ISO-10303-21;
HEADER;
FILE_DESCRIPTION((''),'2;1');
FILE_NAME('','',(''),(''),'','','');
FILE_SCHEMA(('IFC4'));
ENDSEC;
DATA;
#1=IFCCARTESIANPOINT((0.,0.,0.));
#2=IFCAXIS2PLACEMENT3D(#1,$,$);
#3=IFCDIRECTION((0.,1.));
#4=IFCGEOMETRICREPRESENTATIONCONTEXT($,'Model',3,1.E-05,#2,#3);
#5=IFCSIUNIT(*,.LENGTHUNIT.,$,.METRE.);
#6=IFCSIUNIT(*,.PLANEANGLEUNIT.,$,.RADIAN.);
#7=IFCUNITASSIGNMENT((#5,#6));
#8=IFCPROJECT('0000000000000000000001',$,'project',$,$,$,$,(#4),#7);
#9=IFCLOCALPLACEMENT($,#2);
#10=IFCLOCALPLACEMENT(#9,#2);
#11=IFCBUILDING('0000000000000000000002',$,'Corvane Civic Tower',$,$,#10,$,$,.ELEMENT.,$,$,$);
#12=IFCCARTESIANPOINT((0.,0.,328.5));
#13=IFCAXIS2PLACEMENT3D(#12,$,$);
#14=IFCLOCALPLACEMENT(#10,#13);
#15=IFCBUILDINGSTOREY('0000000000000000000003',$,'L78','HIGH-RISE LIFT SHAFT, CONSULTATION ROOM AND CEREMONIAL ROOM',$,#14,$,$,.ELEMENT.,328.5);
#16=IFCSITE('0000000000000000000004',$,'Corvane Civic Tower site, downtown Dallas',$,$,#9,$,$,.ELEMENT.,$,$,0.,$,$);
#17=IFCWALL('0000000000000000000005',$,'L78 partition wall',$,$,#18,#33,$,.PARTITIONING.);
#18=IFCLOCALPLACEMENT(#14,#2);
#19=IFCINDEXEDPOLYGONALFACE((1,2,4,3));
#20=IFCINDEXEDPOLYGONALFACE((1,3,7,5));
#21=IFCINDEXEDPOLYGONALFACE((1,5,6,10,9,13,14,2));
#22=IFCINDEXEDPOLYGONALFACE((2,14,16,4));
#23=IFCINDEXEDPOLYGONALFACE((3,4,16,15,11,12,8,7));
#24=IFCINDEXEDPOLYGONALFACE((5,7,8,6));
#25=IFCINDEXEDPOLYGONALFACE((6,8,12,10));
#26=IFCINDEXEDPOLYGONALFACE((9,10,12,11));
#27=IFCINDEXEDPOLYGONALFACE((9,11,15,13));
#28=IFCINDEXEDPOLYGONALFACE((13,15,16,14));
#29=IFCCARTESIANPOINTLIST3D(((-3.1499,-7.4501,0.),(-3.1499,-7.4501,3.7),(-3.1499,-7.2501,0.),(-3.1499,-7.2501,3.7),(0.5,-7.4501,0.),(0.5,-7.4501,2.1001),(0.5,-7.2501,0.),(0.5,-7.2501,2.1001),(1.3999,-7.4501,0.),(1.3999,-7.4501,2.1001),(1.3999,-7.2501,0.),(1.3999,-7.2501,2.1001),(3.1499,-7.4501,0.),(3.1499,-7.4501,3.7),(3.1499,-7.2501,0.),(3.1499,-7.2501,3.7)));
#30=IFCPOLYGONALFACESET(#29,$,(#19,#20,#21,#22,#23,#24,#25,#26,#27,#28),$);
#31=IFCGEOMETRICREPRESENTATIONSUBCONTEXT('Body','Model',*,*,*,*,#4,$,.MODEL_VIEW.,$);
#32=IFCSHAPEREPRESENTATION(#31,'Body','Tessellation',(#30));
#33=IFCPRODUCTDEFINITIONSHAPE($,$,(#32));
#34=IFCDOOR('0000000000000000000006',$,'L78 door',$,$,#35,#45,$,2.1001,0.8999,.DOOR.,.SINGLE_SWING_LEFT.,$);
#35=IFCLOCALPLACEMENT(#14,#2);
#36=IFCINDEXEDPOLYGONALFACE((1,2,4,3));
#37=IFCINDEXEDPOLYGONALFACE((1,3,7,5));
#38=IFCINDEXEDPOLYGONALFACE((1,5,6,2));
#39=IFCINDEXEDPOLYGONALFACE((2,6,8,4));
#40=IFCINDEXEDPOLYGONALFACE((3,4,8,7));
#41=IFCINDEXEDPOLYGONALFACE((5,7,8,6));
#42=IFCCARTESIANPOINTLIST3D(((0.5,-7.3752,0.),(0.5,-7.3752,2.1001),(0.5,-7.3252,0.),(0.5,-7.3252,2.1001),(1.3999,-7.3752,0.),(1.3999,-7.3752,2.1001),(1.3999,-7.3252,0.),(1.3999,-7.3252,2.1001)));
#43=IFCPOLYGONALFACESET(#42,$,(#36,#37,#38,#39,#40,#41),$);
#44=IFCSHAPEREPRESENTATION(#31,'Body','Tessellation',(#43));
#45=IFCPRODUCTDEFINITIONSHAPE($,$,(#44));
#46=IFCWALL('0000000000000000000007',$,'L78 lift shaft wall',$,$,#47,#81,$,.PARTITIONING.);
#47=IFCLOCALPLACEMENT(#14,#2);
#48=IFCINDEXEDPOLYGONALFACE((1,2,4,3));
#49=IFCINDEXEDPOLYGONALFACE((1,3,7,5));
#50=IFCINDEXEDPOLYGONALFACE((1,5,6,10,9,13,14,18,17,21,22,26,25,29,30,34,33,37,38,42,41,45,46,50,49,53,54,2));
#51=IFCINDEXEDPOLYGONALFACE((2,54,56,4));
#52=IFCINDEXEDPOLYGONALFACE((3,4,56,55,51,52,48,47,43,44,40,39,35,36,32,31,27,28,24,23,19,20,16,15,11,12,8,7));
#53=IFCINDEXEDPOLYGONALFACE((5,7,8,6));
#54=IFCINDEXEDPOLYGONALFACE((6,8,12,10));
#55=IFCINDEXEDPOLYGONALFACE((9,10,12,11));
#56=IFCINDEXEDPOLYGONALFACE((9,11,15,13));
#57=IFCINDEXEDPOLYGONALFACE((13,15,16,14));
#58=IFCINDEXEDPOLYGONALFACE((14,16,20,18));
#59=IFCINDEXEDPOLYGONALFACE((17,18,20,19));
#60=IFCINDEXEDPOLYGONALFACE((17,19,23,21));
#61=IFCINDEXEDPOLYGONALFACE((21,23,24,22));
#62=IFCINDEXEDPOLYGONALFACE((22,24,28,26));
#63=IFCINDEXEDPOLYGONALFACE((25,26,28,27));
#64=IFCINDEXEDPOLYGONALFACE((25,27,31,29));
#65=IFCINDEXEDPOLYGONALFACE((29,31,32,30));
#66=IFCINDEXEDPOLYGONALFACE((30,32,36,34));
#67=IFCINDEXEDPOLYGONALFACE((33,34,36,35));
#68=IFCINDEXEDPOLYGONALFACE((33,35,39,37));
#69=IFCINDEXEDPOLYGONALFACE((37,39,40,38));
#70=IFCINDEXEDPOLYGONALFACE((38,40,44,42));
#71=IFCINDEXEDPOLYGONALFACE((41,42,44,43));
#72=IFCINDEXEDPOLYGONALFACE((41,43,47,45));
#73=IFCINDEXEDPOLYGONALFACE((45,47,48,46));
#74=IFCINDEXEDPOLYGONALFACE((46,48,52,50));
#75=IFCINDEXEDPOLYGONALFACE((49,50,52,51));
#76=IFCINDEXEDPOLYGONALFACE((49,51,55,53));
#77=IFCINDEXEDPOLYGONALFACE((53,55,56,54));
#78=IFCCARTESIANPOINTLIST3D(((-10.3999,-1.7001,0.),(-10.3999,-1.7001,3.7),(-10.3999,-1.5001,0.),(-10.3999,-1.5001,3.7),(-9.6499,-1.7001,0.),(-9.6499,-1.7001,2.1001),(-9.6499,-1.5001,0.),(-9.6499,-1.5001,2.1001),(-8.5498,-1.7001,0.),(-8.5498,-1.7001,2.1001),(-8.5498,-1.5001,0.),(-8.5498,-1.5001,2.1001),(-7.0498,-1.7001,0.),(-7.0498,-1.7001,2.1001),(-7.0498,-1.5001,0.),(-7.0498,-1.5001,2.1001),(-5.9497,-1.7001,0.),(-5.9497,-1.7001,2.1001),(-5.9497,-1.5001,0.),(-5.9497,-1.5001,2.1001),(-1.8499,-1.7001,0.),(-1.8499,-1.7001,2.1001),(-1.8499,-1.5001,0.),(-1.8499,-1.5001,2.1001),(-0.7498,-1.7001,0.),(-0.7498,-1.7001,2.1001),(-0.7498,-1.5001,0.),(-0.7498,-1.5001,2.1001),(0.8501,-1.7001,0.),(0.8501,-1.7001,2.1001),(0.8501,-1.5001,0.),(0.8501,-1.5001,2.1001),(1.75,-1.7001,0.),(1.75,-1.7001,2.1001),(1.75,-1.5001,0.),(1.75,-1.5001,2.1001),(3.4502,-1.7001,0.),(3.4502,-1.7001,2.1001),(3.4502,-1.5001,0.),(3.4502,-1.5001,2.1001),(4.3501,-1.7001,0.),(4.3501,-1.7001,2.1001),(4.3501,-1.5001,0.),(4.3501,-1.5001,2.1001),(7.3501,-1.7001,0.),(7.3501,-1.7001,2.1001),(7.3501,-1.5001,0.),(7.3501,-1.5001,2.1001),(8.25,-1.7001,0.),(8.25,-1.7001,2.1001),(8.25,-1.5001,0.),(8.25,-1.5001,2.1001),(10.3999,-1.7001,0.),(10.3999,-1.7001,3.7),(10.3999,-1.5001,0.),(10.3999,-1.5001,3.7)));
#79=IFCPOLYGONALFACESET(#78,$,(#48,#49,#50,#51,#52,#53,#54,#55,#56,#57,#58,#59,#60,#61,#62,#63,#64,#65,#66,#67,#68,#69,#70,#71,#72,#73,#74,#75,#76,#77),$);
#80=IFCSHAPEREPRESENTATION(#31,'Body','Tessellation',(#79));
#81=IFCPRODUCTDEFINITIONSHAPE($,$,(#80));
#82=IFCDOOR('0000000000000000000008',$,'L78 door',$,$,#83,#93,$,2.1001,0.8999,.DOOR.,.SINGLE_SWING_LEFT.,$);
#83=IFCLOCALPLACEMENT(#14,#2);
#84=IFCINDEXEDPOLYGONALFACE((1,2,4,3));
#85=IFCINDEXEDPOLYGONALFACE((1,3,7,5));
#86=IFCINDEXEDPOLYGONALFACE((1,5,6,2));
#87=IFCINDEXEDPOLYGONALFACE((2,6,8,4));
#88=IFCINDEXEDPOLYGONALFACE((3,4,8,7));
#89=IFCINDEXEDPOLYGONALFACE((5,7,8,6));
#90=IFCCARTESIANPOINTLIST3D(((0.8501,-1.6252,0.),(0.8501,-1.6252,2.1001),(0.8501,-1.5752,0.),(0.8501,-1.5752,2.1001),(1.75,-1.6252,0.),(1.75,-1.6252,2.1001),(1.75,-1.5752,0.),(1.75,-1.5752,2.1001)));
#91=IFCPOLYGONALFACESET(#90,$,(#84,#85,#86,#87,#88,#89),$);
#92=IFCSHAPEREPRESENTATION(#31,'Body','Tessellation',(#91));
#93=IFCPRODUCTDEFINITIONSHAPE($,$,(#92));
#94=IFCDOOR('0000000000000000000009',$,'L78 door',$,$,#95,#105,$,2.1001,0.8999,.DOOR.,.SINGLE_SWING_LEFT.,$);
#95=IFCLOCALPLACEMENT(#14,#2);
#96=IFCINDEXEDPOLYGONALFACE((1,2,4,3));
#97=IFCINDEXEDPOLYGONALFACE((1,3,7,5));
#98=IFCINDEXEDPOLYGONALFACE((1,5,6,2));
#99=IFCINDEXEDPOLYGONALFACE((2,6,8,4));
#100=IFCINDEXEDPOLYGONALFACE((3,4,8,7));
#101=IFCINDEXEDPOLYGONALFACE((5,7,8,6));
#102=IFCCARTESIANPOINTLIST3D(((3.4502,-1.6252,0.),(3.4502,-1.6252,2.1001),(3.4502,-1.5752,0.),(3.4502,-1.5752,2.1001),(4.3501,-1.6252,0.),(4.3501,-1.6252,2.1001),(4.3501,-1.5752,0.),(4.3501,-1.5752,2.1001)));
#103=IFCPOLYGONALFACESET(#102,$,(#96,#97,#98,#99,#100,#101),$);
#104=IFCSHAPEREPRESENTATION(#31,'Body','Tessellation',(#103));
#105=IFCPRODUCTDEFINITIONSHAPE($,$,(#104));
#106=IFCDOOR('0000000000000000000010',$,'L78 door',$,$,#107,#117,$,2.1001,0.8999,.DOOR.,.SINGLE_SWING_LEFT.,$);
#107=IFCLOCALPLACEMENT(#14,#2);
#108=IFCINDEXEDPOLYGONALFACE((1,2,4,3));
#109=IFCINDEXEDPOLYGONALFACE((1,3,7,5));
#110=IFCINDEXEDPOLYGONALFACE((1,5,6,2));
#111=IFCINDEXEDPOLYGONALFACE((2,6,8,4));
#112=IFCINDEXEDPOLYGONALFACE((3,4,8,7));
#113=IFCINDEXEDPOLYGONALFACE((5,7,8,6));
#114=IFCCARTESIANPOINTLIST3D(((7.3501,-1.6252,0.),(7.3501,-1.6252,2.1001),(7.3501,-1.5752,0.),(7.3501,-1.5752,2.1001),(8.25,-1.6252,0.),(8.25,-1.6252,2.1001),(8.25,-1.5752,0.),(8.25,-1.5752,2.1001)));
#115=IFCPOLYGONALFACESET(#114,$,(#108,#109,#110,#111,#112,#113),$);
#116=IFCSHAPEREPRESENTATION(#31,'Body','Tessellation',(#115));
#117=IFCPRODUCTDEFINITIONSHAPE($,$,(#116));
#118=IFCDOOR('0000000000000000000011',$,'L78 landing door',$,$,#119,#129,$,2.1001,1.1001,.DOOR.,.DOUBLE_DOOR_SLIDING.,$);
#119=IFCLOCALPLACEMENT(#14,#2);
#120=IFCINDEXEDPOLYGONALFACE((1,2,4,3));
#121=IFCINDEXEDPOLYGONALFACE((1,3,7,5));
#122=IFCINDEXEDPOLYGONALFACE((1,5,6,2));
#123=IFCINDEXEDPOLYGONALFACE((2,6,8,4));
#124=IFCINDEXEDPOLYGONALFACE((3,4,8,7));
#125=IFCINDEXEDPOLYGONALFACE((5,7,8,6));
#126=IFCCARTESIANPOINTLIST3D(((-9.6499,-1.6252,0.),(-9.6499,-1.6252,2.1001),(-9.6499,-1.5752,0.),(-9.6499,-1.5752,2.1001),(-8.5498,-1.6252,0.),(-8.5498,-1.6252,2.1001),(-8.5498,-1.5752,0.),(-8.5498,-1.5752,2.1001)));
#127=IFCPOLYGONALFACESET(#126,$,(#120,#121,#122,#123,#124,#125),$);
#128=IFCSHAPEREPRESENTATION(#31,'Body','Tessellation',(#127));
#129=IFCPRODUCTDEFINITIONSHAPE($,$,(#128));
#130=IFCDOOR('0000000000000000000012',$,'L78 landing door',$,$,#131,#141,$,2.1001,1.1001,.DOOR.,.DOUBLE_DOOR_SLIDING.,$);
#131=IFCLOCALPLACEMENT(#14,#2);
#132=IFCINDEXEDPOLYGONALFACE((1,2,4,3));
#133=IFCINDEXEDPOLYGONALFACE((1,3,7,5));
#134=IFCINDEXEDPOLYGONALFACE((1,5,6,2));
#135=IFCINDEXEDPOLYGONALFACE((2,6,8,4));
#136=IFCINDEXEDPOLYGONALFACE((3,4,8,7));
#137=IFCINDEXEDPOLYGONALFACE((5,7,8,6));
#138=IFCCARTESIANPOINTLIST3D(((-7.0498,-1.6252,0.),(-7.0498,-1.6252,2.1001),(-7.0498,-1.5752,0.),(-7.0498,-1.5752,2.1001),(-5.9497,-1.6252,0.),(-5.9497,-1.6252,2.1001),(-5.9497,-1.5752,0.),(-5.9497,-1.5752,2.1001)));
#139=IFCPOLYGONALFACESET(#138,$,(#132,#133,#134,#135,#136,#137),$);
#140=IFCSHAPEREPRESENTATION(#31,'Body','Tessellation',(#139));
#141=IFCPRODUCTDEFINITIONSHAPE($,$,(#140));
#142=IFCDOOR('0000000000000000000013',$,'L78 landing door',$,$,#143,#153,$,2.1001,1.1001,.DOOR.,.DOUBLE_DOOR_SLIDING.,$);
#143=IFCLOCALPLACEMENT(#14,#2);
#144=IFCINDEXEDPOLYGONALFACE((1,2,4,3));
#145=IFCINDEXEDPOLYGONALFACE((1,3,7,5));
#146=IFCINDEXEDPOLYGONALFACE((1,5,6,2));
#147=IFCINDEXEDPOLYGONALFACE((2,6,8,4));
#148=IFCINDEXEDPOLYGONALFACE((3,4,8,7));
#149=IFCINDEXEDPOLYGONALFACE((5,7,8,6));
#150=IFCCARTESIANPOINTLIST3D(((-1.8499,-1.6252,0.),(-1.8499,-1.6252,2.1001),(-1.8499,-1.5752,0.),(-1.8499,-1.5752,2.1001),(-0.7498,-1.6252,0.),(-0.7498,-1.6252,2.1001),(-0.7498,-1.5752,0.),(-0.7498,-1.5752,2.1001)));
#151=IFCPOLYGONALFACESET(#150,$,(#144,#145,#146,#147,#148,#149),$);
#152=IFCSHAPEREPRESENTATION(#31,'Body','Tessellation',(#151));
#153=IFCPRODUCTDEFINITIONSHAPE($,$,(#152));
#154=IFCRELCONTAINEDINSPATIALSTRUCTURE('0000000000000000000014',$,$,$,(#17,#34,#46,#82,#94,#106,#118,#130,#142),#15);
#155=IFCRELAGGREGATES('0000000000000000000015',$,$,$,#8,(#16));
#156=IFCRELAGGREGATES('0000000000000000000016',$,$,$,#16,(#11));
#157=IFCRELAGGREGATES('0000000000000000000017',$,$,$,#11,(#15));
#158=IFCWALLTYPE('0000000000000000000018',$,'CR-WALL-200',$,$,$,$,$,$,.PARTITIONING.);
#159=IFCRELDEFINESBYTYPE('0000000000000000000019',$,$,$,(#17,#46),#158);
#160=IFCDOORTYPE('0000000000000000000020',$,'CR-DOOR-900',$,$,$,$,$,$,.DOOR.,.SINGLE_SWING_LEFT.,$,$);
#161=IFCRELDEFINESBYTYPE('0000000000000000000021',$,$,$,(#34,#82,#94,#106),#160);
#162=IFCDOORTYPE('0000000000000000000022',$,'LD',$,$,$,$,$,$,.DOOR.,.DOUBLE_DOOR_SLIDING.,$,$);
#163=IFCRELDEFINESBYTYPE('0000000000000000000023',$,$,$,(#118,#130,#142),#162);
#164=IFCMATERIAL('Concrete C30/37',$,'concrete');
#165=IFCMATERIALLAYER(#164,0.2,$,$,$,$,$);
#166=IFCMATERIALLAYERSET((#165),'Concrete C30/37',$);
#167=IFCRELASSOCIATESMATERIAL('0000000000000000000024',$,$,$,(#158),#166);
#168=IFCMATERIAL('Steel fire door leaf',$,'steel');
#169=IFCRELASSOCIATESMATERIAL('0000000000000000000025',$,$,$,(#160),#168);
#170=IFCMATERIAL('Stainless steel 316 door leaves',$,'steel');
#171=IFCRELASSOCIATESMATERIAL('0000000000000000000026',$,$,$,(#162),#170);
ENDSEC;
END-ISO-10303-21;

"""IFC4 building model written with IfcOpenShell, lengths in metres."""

from ifc_helpers import new_model, si_unit, direction, frame, frame_2d, origin, place, context, subcontext, project, spatial, rectangle, extrude, material, layer, layer_set, type_object, element, fill, save


model = new_model("IFC4")

# Units and contexts
model_context = context("Model", 3, precision=1e-05, world=origin(), true_north=direction((0.0, 1.0)))
body_context = subcontext(model_context, "Body", "Model", "MODEL_VIEW")
ifc_project = project(units=[si_unit("LENGTHUNIT", "METRE"), si_unit("PLANEANGLEUNIT", "RADIAN")], contexts=[model_context])

# Site, building, storey
site_placement = place(None, origin())
site = spatial("IfcSite", under=ifc_project, at=site_placement, Name="Corvane Civic Tower site, downtown Dallas", CompositionType="ELEMENT", RefElevation=0.0)
building_placement = place(site_placement, origin())
building = spatial("IfcBuilding", under=site, at=building_placement, Name="Corvane Civic Tower", CompositionType="ELEMENT")
storey_placement = place(building_placement, frame((0.0, 0.0, 328.5)))
storey = spatial("IfcBuildingStorey", under=building, at=storey_placement, Name="L78", Description="HIGH-RISE LIFT SHAFT, CONSULTATION ROOM AND CEREMONIAL ROOM", CompositionType="ELEMENT", Elevation=328.5)

# Wall, opening, door
ifc_material_1 = material(Name="Concrete C30/37", Category="concrete")
ifc_layer_1 = layer(ifc_material_1, 0.2)
ifc_layer_set_1 = layer_set([ifc_layer_1], Name="Concrete C30/37")
wall_type_1 = type_object("IfcWallType", Name="CR-WALL-200", PredefinedType="PARTITIONING", material=ifc_layer_set_1)
wall_1_placement = place(storey_placement, frame((-3.1499, -7.3501, 0.0), z_axis=(0.0, 0.0, 1.0), x_axis=(1.0, 0.0, 0.0)))
wall_1 = element("IfcWall", 1, at=wall_1_placement, inside=storey, type_object=wall_type_1, Name="L78 partition wall", PredefinedType="PARTITIONING", context=body_context, shape_type="SweptSolid", body=[
    extrude(rectangle(XDim=6.2998, YDim=0.2, at=frame_2d((3.1499, 0.0))), origin(), (0.0, 0.0, 1.0), 3.7),
])
opening_1_placement = place(wall_1_placement, frame((3.6499, 0.0, 0.0)))
opening_1 = element("IfcOpeningElement", 2, at=opening_1_placement, cuts=wall_1, PredefinedType="OPENING", context=body_context, shape_type="SweptSolid", body=[
    extrude(rectangle(XDim=0.8999, YDim=2.1001, at=frame_2d((0.45, 1.05))), frame((0.0, 0.1099, 0.0), z_axis=(0.0, -1.0, 0.0), x_axis=(1.0, 0.0, 0.0)), (0.0, 0.0, 1.0), 0.22),
])
ifc_material_2 = material(Name="Steel fire door leaf", Category="steel")
door_type_1 = type_object("IfcDoorType", Name="CR-DOOR-900", OperationType="SINGLE_SWING_LEFT", PredefinedType="DOOR", material=ifc_material_2)
door_1_placement = place(opening_1_placement, origin())
door_1 = element("IfcDoor", 3, at=door_1_placement, inside=storey, type_object=door_type_1, Name="L78 door", OperationType="SINGLE_SWING_LEFT", OverallHeight=2.1001, OverallWidth=0.8999, PredefinedType="DOOR", context=body_context, shape_type="SweptSolid", body=[
    extrude(rectangle(XDim=0.8999, YDim=2.1001, at=frame_2d((0.45, 1.05))), frame((0.0, 0.0249, 0.0), z_axis=(0.0, -1.0, 0.0), x_axis=(1.0, 0.0, 0.0)), (0.0, 0.0, 1.0), 0.05),
])
fill(opening_1, door_1)

# Wall, openings, doors
wall_2_placement = place(storey_placement, frame((-10.3999, -1.6001, 0.0), z_axis=(0.0, 0.0, 1.0), x_axis=(1.0, 0.0, 0.0)))
wall_2 = element("IfcWall", 4, at=wall_2_placement, inside=storey, type_object=wall_type_1, Name="L78 lift shaft wall", PredefinedType="PARTITIONING", context=body_context, shape_type="SweptSolid", body=[
    extrude(rectangle(XDim=20.7998, YDim=0.2, at=frame_2d((10.3999, 0.0))), origin(), (0.0, 0.0, 1.0), 3.7),
])
opening_2_placement = place(wall_2_placement, frame((0.75, 0.0, 0.0)))
opening_2 = element("IfcOpeningElement", 5, at=opening_2_placement, cuts=wall_2, PredefinedType="OPENING", context=body_context, shape_type="SweptSolid", body=[
    extrude(rectangle(XDim=1.1001, YDim=2.1001, at=frame_2d((0.55, 1.05))), frame((0.0, 0.1099, 0.0), z_axis=(0.0, -1.0, 0.0), x_axis=(1.0, 0.0, 0.0)), (0.0, 0.0, 1.0), 0.22),
])
opening_3_placement = place(wall_2_placement, frame((3.3501, 0.0, 0.0)))
opening_3 = element("IfcOpeningElement", 6, at=opening_3_placement, cuts=wall_2, PredefinedType="OPENING", context=body_context, shape_type="SweptSolid", body=[
    extrude(rectangle(XDim=1.1001, YDim=2.1001, at=frame_2d((0.55, 1.05))), frame((0.0, 0.1099, 0.0), z_axis=(0.0, -1.0, 0.0), x_axis=(1.0, 0.0, 0.0)), (0.0, 0.0, 1.0), 0.22),
])
opening_4_placement = place(wall_2_placement, frame((8.55, 0.0, 0.0)))
opening_4 = element("IfcOpeningElement", 7, at=opening_4_placement, cuts=wall_2, PredefinedType="OPENING", context=body_context, shape_type="SweptSolid", body=[
    extrude(rectangle(XDim=1.1001, YDim=2.1001, at=frame_2d((0.55, 1.05))), frame((0.0, 0.1099, 0.0), z_axis=(0.0, -1.0, 0.0), x_axis=(1.0, 0.0, 0.0)), (0.0, 0.0, 1.0), 0.22),
])
opening_5_placement = place(wall_2_placement, frame((11.25, 0.0, 0.0)))
opening_5 = element("IfcOpeningElement", 8, at=opening_5_placement, cuts=wall_2, PredefinedType="OPENING", context=body_context, shape_type="SweptSolid", body=[
    extrude(rectangle(XDim=0.8999, YDim=2.1001, at=frame_2d((0.45, 1.05))), frame((0.0, 0.1099, 0.0), z_axis=(0.0, -1.0, 0.0), x_axis=(1.0, 0.0, 0.0)), (0.0, 0.0, 1.0), 0.22),
])
opening_6_placement = place(wall_2_placement, frame((13.8501, 0.0, 0.0)))
opening_6 = element("IfcOpeningElement", 9, at=opening_6_placement, cuts=wall_2, PredefinedType="OPENING", context=body_context, shape_type="SweptSolid", body=[
    extrude(rectangle(XDim=0.8999, YDim=2.1001, at=frame_2d((0.45, 1.05))), frame((0.0, 0.1099, 0.0), z_axis=(0.0, -1.0, 0.0), x_axis=(1.0, 0.0, 0.0)), (0.0, 0.0, 1.0), 0.22),
])
opening_7_placement = place(wall_2_placement, frame((17.75, 0.0, 0.0)))
opening_7 = element("IfcOpeningElement", 10, at=opening_7_placement, cuts=wall_2, PredefinedType="OPENING", context=body_context, shape_type="SweptSolid", body=[
    extrude(rectangle(XDim=0.8999, YDim=2.1001, at=frame_2d((0.45, 1.05))), frame((0.0, 0.1099, 0.0), z_axis=(0.0, -1.0, 0.0), x_axis=(1.0, 0.0, 0.0)), (0.0, 0.0, 1.0), 0.22),
])
door_2_placement = place(opening_5_placement, origin())
door_2 = element("IfcDoor", 11, at=door_2_placement, inside=storey, type_object=door_type_1, Name="L78 door", OperationType="SINGLE_SWING_LEFT", OverallHeight=2.1001, OverallWidth=0.8999, PredefinedType="DOOR", context=body_context, shape_type="SweptSolid", body=[
    extrude(rectangle(XDim=0.8999, YDim=2.1001, at=frame_2d((0.45, 1.05))), frame((0.0, 0.0249, 0.0), z_axis=(0.0, -1.0, 0.0), x_axis=(1.0, 0.0, 0.0)), (0.0, 0.0, 1.0), 0.05),
])
fill(opening_5, door_2)
door_3_placement = place(opening_6_placement, origin())
door_3 = element("IfcDoor", 12, at=door_3_placement, inside=storey, type_object=door_type_1, Name="L78 door", OperationType="SINGLE_SWING_LEFT", OverallHeight=2.1001, OverallWidth=0.8999, PredefinedType="DOOR", context=body_context, shape_type="SweptSolid", body=[
    extrude(rectangle(XDim=0.8999, YDim=2.1001, at=frame_2d((0.45, 1.05))), frame((0.0, 0.0249, 0.0), z_axis=(0.0, -1.0, 0.0), x_axis=(1.0, 0.0, 0.0)), (0.0, 0.0, 1.0), 0.05),
])
fill(opening_6, door_3)
door_4_placement = place(opening_7_placement, origin())
door_4 = element("IfcDoor", 13, at=door_4_placement, inside=storey, type_object=door_type_1, Name="L78 door", OperationType="SINGLE_SWING_LEFT", OverallHeight=2.1001, OverallWidth=0.8999, PredefinedType="DOOR", context=body_context, shape_type="SweptSolid", body=[
    extrude(rectangle(XDim=0.8999, YDim=2.1001, at=frame_2d((0.45, 1.05))), frame((0.0, 0.0249, 0.0), z_axis=(0.0, -1.0, 0.0), x_axis=(1.0, 0.0, 0.0)), (0.0, 0.0, 1.0), 0.05),
])
fill(opening_7, door_4)
ifc_material_3 = material(Name="Stainless steel 316 door leaves", Category="steel")
door_type_2 = type_object("IfcDoorType", Name="LD", OperationType="DOUBLE_DOOR_SLIDING", PredefinedType="DOOR", material=ifc_material_3)
door_5_placement = place(opening_2_placement, origin())
door_5 = element("IfcDoor", 14, at=door_5_placement, inside=storey, type_object=door_type_2, Name="L78 landing door", OperationType="DOUBLE_DOOR_SLIDING", OverallHeight=2.1001, OverallWidth=1.1001, PredefinedType="DOOR", context=body_context, shape_type="SweptSolid", body=[
    extrude(rectangle(XDim=1.1001, YDim=2.1001, at=frame_2d((0.55, 1.05))), frame((0.0, 0.0249, 0.0), z_axis=(0.0, -1.0, 0.0), x_axis=(1.0, 0.0, 0.0)), (0.0, 0.0, 1.0), 0.05),
])
fill(opening_2, door_5)
door_6_placement = place(opening_3_placement, origin())
door_6 = element("IfcDoor", 15, at=door_6_placement, inside=storey, type_object=door_type_2, Name="L78 landing door", OperationType="DOUBLE_DOOR_SLIDING", OverallHeight=2.1001, OverallWidth=1.1001, PredefinedType="DOOR", context=body_context, shape_type="SweptSolid", body=[
    extrude(rectangle(XDim=1.1001, YDim=2.1001, at=frame_2d((0.55, 1.05))), frame((0.0, 0.0249, 0.0), z_axis=(0.0, -1.0, 0.0), x_axis=(1.0, 0.0, 0.0)), (0.0, 0.0, 1.0), 0.05),
])
fill(opening_3, door_6)
door_7_placement = place(opening_4_placement, origin())
door_7 = element("IfcDoor", 16, at=door_7_placement, inside=storey, type_object=door_type_2, Name="L78 landing door", OperationType="DOUBLE_DOOR_SLIDING", OverallHeight=2.1001, OverallWidth=1.1001, PredefinedType="DOOR", context=body_context, shape_type="SweptSolid", body=[
    extrude(rectangle(XDim=1.1001, YDim=2.1001, at=frame_2d((0.55, 1.05))), frame((0.0, 0.0249, 0.0), z_axis=(0.0, -1.0, 0.0), x_axis=(1.0, 0.0, 0.0)), (0.0, 0.0, 1.0), 0.05),
])
fill(opening_4, door_7)

save(model, "model.ifc")
